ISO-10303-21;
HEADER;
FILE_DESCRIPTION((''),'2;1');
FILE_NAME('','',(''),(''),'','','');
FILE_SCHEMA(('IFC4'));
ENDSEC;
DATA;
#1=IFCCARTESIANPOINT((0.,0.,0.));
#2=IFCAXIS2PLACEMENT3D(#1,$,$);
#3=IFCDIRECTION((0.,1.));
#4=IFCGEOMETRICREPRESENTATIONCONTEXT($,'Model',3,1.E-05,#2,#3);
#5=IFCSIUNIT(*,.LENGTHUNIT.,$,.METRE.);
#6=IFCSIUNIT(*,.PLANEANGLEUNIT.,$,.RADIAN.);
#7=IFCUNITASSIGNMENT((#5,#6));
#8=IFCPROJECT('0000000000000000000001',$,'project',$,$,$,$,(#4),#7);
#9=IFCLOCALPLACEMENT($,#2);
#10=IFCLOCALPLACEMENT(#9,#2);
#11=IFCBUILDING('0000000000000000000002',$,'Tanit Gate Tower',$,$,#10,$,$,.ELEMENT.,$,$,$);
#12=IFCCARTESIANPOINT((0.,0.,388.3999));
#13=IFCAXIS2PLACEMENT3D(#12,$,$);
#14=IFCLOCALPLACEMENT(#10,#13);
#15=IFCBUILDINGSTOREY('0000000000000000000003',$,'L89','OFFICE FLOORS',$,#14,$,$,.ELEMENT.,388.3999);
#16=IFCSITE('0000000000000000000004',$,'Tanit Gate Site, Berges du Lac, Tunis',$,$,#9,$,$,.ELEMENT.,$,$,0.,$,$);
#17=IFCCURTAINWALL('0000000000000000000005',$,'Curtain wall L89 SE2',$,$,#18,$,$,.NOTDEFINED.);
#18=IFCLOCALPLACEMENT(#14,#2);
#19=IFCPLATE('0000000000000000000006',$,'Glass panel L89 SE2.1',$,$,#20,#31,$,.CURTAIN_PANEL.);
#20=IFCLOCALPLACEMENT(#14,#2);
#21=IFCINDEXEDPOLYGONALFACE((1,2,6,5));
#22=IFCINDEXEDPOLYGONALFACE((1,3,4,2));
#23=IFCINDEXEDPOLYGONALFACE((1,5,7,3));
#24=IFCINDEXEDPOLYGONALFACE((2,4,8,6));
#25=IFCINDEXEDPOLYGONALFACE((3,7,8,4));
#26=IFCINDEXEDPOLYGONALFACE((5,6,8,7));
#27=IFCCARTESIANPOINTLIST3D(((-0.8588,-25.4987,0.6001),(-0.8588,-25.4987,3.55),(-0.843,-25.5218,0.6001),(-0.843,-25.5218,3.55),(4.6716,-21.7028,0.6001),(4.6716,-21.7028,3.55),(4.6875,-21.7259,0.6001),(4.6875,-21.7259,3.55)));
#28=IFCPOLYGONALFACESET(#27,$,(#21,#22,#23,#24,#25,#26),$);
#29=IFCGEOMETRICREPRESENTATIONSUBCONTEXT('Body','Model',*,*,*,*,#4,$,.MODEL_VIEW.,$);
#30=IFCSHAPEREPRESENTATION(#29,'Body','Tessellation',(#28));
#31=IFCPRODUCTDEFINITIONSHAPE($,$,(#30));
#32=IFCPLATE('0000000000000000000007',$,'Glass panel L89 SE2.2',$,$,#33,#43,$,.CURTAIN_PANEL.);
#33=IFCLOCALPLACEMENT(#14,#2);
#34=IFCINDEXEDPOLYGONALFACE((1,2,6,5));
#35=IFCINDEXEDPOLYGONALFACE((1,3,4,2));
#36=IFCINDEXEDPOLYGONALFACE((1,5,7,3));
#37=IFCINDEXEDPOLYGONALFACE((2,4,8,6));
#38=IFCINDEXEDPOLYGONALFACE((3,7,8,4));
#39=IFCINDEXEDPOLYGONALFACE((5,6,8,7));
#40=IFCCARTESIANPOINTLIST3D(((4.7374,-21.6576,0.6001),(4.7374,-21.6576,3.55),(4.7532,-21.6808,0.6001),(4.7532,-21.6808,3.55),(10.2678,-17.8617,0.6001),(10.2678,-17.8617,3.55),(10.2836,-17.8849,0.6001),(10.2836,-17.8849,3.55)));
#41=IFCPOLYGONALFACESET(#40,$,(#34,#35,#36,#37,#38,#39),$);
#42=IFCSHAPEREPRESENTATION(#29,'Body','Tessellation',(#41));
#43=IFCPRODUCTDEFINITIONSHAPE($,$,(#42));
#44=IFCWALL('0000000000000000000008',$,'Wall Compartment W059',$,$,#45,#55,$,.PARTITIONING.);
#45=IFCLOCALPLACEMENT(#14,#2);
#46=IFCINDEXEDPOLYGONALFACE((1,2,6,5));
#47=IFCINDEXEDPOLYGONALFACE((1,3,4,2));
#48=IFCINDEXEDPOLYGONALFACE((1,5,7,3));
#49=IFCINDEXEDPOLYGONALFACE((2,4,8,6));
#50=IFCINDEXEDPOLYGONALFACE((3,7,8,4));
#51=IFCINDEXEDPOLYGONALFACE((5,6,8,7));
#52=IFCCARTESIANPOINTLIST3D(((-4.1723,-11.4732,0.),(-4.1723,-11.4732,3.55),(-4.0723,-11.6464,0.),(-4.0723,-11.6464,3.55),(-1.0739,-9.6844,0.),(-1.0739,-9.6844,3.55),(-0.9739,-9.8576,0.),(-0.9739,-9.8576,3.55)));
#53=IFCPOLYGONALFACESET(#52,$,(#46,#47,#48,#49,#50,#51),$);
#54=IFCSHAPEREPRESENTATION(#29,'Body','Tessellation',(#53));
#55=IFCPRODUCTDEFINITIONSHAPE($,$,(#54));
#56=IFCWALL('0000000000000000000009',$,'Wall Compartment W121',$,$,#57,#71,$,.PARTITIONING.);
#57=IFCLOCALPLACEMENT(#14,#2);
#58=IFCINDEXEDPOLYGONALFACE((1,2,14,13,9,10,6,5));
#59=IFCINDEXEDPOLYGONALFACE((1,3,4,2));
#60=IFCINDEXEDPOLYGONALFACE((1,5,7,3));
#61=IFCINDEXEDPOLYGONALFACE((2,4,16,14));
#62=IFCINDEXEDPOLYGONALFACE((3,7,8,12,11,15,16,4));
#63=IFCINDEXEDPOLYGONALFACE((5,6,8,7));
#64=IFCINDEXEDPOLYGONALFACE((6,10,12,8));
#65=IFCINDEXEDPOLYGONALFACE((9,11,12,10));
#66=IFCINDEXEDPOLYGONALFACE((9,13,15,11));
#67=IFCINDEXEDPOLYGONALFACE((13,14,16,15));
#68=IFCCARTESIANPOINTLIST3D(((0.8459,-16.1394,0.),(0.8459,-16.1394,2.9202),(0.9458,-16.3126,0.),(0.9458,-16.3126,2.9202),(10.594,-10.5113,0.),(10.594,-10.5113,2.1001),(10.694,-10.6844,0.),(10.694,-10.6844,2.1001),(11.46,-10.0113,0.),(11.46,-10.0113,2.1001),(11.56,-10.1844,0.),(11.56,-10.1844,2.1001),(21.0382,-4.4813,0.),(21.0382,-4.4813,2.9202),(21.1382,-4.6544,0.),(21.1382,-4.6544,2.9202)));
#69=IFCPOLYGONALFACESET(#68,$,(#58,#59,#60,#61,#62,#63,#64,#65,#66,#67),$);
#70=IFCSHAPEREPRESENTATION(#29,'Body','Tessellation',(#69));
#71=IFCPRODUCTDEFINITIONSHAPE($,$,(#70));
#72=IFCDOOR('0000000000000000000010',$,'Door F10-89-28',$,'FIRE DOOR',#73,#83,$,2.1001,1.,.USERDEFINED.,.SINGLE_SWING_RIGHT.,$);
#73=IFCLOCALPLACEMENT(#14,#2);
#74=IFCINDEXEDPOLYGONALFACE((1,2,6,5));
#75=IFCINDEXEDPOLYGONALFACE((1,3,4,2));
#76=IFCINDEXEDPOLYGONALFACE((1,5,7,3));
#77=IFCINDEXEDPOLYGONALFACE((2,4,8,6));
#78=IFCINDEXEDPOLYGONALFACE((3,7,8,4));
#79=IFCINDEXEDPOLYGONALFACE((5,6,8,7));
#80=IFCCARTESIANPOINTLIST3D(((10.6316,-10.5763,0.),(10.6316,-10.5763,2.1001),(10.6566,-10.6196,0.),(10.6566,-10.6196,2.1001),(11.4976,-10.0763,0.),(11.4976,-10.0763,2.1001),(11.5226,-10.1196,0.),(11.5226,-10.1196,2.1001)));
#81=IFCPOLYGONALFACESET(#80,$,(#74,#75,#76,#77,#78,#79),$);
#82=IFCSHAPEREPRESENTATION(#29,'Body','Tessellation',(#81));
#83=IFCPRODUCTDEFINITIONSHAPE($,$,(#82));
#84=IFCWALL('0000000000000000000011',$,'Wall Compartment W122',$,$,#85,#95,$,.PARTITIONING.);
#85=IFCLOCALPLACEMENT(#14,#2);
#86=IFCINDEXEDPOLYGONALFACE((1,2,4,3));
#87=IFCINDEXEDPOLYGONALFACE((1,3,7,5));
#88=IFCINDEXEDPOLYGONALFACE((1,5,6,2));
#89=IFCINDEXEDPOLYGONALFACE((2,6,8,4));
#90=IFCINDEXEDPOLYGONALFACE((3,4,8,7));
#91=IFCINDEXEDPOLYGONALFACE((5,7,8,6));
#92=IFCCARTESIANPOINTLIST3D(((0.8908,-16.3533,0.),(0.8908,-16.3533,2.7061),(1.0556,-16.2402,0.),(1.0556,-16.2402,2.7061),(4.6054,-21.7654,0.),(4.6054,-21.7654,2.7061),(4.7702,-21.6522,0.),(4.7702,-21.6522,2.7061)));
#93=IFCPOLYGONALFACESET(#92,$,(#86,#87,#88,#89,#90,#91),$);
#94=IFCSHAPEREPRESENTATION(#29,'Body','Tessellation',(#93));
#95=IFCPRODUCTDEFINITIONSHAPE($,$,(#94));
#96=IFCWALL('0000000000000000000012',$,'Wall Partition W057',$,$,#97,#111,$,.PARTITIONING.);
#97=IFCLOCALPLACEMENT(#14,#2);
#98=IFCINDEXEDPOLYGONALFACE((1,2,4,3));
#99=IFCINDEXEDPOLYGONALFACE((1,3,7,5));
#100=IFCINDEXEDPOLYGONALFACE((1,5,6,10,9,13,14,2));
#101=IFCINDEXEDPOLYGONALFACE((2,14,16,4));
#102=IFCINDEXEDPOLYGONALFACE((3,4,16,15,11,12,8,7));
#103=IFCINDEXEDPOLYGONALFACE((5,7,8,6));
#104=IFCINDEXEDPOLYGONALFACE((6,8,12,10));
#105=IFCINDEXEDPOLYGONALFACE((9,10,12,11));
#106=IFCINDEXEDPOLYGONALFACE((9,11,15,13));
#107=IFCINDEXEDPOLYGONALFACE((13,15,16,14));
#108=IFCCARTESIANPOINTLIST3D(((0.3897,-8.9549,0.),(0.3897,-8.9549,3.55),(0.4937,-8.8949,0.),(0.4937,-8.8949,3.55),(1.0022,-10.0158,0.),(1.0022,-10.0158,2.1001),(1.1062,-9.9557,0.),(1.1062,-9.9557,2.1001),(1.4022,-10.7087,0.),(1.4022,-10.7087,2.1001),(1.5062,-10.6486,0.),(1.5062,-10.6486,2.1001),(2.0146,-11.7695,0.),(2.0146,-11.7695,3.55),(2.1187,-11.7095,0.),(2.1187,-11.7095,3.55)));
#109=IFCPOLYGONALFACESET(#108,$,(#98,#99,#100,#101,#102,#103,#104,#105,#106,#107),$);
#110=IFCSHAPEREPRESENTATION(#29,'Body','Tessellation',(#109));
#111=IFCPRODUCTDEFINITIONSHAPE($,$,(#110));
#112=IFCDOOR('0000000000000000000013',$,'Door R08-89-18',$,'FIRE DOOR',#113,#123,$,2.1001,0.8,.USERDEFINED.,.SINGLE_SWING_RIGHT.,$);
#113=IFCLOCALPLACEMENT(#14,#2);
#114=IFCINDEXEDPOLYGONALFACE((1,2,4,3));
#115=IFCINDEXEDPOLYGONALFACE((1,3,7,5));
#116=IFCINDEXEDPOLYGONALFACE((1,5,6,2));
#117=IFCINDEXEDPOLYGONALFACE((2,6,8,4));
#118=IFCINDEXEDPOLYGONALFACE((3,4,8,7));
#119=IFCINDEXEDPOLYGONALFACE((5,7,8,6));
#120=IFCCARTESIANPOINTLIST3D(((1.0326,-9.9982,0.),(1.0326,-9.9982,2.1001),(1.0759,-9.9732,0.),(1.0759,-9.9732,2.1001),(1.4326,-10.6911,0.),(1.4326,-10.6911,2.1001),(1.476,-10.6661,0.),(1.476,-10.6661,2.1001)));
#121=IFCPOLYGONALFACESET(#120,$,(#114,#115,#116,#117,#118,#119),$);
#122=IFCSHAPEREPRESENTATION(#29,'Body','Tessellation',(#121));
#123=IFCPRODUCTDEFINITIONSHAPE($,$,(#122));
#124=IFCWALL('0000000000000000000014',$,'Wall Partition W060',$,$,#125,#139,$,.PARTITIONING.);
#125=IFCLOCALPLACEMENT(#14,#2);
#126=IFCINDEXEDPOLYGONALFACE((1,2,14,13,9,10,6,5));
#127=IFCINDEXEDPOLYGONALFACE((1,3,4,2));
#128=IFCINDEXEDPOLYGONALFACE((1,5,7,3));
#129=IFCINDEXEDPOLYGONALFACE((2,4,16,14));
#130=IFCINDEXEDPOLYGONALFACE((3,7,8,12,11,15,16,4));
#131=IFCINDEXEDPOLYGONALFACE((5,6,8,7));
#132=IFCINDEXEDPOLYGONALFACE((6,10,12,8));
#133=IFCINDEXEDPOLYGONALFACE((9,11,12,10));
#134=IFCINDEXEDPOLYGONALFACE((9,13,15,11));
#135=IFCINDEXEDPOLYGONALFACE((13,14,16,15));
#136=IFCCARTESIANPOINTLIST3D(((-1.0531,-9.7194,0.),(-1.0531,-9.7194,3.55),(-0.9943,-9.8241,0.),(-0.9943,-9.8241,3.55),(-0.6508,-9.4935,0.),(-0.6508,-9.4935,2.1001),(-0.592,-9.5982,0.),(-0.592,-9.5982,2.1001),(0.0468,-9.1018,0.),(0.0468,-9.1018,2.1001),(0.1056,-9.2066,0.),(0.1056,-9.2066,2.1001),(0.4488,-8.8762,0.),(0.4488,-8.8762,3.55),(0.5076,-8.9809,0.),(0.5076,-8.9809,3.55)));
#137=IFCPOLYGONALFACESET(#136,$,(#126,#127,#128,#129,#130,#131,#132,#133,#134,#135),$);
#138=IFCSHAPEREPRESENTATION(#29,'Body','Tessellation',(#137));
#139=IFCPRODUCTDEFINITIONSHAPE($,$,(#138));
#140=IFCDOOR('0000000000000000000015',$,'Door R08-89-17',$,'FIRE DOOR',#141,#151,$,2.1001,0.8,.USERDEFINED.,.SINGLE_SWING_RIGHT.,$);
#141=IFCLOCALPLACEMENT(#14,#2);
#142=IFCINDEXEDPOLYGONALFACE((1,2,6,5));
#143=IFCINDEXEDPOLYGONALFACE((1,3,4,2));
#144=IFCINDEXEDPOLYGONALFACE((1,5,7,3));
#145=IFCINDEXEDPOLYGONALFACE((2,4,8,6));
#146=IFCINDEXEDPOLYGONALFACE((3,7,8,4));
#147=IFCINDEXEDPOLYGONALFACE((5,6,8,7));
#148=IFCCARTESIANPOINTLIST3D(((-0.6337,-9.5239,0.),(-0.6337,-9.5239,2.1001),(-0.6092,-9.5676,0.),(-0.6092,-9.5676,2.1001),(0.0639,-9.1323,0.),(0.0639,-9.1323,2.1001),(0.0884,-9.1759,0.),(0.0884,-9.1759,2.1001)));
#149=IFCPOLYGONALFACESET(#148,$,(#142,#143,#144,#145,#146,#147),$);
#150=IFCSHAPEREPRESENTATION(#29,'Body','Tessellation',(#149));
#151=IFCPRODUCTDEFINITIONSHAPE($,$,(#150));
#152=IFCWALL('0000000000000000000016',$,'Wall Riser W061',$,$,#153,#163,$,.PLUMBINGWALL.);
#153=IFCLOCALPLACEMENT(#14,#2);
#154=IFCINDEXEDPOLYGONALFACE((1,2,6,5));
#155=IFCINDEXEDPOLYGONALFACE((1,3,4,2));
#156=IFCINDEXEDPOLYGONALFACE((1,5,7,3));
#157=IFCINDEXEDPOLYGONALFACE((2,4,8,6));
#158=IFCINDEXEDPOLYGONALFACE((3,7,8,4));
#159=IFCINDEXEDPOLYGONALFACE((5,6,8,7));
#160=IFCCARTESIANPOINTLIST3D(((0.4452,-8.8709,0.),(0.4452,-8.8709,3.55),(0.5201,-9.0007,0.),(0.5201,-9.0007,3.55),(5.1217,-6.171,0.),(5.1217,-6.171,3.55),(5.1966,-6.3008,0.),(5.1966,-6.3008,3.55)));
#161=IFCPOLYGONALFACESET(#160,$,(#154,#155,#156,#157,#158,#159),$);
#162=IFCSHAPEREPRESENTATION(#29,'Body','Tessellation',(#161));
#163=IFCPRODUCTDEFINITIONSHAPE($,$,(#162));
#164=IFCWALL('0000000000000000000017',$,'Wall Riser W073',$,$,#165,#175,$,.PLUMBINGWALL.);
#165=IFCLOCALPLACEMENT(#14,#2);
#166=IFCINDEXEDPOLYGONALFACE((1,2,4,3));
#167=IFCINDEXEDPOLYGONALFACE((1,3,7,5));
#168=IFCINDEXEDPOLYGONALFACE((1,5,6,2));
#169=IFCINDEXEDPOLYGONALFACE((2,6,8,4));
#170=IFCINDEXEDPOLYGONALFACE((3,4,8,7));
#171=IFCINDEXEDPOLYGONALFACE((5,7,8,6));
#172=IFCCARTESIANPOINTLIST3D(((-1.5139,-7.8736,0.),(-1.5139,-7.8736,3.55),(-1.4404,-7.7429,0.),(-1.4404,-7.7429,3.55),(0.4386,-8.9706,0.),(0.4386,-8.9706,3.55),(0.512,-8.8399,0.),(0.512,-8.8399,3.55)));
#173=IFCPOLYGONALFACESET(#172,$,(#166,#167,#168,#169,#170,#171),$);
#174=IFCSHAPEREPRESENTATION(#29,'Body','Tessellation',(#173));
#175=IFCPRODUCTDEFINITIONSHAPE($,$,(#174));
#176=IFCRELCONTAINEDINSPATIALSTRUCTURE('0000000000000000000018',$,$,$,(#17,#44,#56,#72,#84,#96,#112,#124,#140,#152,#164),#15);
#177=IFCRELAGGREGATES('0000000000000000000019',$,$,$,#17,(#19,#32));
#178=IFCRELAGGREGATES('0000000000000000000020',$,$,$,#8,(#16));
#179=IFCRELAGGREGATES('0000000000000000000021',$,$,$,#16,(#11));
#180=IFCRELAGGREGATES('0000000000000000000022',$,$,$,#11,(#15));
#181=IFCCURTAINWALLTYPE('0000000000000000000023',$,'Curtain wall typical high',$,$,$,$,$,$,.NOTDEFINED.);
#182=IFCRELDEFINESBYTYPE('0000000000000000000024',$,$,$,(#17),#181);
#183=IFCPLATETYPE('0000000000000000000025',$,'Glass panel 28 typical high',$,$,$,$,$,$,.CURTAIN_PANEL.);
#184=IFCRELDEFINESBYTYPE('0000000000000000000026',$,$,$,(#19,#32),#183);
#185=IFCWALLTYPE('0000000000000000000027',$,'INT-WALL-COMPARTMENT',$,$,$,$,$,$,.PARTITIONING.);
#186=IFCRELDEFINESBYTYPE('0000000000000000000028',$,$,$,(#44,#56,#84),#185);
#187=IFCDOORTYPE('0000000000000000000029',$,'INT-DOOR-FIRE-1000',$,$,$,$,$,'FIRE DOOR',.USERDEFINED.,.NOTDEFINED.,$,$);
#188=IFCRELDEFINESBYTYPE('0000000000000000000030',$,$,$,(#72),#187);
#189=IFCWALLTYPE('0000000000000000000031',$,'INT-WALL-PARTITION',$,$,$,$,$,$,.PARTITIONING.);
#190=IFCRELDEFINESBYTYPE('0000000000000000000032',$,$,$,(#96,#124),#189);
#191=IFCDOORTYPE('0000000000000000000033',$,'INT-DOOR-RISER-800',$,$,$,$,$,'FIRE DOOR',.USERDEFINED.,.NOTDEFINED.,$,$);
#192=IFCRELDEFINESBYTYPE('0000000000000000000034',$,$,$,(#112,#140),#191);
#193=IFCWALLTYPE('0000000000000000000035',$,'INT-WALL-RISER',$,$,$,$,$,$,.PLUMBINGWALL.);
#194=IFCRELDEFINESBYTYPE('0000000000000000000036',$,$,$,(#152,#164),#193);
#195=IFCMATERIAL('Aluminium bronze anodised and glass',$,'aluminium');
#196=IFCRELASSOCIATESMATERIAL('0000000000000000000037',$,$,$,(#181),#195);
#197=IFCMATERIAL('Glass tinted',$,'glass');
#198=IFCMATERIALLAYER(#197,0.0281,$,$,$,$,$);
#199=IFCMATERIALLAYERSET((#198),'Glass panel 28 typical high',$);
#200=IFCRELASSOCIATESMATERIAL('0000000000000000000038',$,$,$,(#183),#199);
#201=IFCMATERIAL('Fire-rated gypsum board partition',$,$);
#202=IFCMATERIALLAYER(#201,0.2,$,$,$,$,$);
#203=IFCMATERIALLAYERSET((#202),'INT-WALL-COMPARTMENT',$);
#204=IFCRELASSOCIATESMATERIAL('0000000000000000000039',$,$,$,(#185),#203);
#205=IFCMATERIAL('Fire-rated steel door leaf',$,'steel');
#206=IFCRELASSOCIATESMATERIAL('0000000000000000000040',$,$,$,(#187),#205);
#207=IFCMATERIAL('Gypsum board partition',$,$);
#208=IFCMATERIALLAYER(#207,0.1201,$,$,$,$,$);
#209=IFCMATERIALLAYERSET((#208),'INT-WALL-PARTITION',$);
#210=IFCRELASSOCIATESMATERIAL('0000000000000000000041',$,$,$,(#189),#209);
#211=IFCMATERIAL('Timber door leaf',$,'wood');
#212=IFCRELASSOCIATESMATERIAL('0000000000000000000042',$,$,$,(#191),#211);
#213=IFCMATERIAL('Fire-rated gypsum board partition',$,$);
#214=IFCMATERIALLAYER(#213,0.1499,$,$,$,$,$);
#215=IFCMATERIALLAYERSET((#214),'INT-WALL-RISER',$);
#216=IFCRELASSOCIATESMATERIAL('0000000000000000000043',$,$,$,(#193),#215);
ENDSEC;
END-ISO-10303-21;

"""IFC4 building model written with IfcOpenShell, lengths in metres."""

from ifc_helpers import new_model, si_unit, direction, frame, frame_2d, origin, origin_2d, place, context, subcontext, project, spatial, rectangle, extrude, material, layer, layer_set, type_object, element, fill, aggregate, save


model = new_model("IFC4")

# Units and contexts
model_context = context("Model", 3, precision=1e-05, world=origin(), true_north=direction((0.0, 1.0)))
body_context = subcontext(model_context, "Body", "Model", "MODEL_VIEW")
ifc_project = project(units=[si_unit("LENGTHUNIT", "METRE"), si_unit("PLANEANGLEUNIT", "RADIAN")], contexts=[model_context])

# Site, building, storey
site_placement = place(None, origin())
site = spatial("IfcSite", under=ifc_project, at=site_placement, Name="Tanit Gate Site, Berges du Lac, Tunis", CompositionType="ELEMENT", RefElevation=0.0)
building_placement = place(site_placement, origin())
building = spatial("IfcBuilding", under=site, at=building_placement, Name="Tanit Gate Tower", CompositionType="ELEMENT")
storey_placement = place(building_placement, frame((0.0, 0.0, 388.3999)))
storey = spatial("IfcBuildingStorey", under=building, at=storey_placement, Name="L89", Description="OFFICE FLOORS", CompositionType="ELEMENT", Elevation=388.3999)

# Curtain wall
ifc_material_1 = material(Name="Aluminium bronze anodised and glass", Category="aluminium")
curtain_wall_type = type_object("IfcCurtainWallType", Name="Curtain wall typical high", PredefinedType="NOTDEFINED", material=ifc_material_1)
curtain_wall_1_placement = place(storey_placement, origin())
curtain_wall_1 = element("IfcCurtainWall", 1, at=curtain_wall_1_placement, inside=storey, type_object=curtain_wall_type, Name="Curtain wall L89 SE2", PredefinedType="NOTDEFINED")

# Plates
ifc_material_2 = material(Name="Glass tinted", Category="glass")
ifc_layer_1 = layer(ifc_material_2, 0.0281)
ifc_layer_set_1 = layer_set([ifc_layer_1], Name="Glass panel 28 typical high")
plate_type = type_object("IfcPlateType", Name="Glass panel 28 typical high", PredefinedType="CURTAIN_PANEL", material=ifc_layer_set_1)
plate_1_placement = place(storey_placement, frame((1.9143, -23.6123, 0.6001), z_axis=(0.0, 0.0, 1.0), x_axis=(0.824479, 0.565893, 0.0)))
plate_1 = element("IfcPlate", 2, at=plate_1_placement, type_object=plate_type, Name="Glass panel L89 SE2.1", PredefinedType="CURTAIN_PANEL", context=body_context, shape_type="SweptSolid", body=[
    extrude(rectangle(XDim=6.7078, YDim=0.0281, at=origin_2d()), origin(), (0.0, 0.0, 1.0), 2.95),
])
plate_2_placement = place(storey_placement, frame((7.5105, -19.7712, 0.6001), z_axis=(0.0, 0.0, 1.0), x_axis=(0.824479, 0.565893, 0.0)))
plate_2 = element("IfcPlate", 3, at=plate_2_placement, type_object=plate_type, Name="Glass panel L89 SE2.2", PredefinedType="CURTAIN_PANEL", context=body_context, shape_type="SweptSolid", body=[
    extrude(rectangle(XDim=6.7078, YDim=0.0281, at=origin_2d()), origin(), (0.0, 0.0, 1.0), 2.95),
])
aggregate(curtain_wall_1, [plate_1, plate_2])

# Wall
ifc_material_3 = material(Name="Fire-rated gypsum board partition")
ifc_layer_2 = layer(ifc_material_3, 0.2)
ifc_layer_set_2 = layer_set([ifc_layer_2], Name="INT-WALL-COMPARTMENT")
wall_type_1 = type_object("IfcWallType", Name="INT-WALL-COMPARTMENT", PredefinedType="PARTITIONING", material=ifc_layer_set_2)
wall_1_placement = place(storey_placement, frame((-1.0239, -9.771, 0.0), z_axis=(0.0, 0.0, 1.0), x_axis=(-0.86603, -0.499992, 0.0)))
element("IfcWall", 4, at=wall_1_placement, inside=storey, type_object=wall_type_1, Name="Wall Compartment W059", PredefinedType="PARTITIONING", context=body_context, shape_type="SweptSolid", body=[
    extrude(rectangle(XDim=3.5776, YDim=0.2, at=frame_2d((1.7888, 0.0))), origin(), (0.0, 0.0, 1.0), 3.55),
])

# Wall, opening, door
wall_2_placement = place(storey_placement, frame((0.8958, -16.2261, 0.0), z_axis=(0.0, 0.0, 1.0), x_axis=(0.866023, 0.500004, 0.0)))
wall_2 = element("IfcWall", 5, at=wall_2_placement, inside=storey, type_object=wall_type_1, Name="Wall Compartment W121", PredefinedType="PARTITIONING", context=body_context, shape_type="SweptSolid", body=[
    extrude(rectangle(XDim=23.3162, YDim=0.2, at=frame_2d((11.6582, 0.0))), origin(), (0.0, 0.0, 1.0), 2.9202),
])
opening_1_placement = place(wall_2_placement, frame((11.2563, 0.0, 0.0)))
opening_1 = element("IfcOpeningElement", 6, at=opening_1_placement, cuts=wall_2, PredefinedType="OPENING", context=body_context, shape_type="SweptSolid", body=[
    extrude(rectangle(XDim=1.0, YDim=2.1001, at=frame_2d((0.5, 1.05))), frame((0.0, 0.1099, 0.0), z_axis=(0.0, -1.0, 0.0), x_axis=(1.0, 0.0, 0.0)), (0.0, 0.0, 1.0), 0.22),
])
ifc_material_4 = material(Name="Fire-rated steel door leaf", Category="steel")
door_type_1 = type_object("IfcDoorType", Name="INT-DOOR-FIRE-1000", ElementType="FIRE DOOR", OperationType="NOTDEFINED", PredefinedType="USERDEFINED", material=ifc_material_4)
door_1_placement = place(opening_1_placement, origin())
door_1 = element("IfcDoor", 7, at=door_1_placement, inside=storey, type_object=door_type_1, Name="Door F10-89-28", ObjectType="FIRE DOOR", OperationType="SINGLE_SWING_RIGHT", OverallHeight=2.1001, OverallWidth=1.0, PredefinedType="USERDEFINED", context=body_context, shape_type="SweptSolid", body=[
    extrude(rectangle(XDim=1.0, YDim=2.1001, at=frame_2d((0.5, 1.05))), frame((0.0, 0.0249, 0.0), z_axis=(0.0, -1.0, 0.0), x_axis=(1.0, 0.0, 0.0)), (0.0, 0.0, 1.0), 0.05),
])
fill(opening_1, door_1)

# Wall
wall_3_placement = place(storey_placement, frame((0.9731, -16.2966, 0.0), z_axis=(0.0, 0.0, 1.0), x_axis=(0.565885, -0.824484, 0.0)))
element("IfcWall", 8, at=wall_3_placement, inside=storey, type_object=wall_type_1, Name="Wall Compartment W122", PredefinedType="PARTITIONING", context=body_context, shape_type="SweptSolid", body=[
    extrude(rectangle(XDim=6.5642, YDim=0.2, at=frame_2d((3.2822, 0.0))), origin(), (0.0, 0.0, 1.0), 2.7061),
])

# Walls, openings, doors
ifc_material_5 = material(Name="Gypsum board partition")
ifc_layer_3 = layer(ifc_material_5, 0.1201)
ifc_layer_set_3 = layer_set([ifc_layer_3], Name="INT-WALL-PARTITION")
wall_type_2 = type_object("IfcWallType", Name="INT-WALL-PARTITION", PredefinedType="PARTITIONING", material=ifc_layer_set_3)
wall_4_placement = place(storey_placement, frame((2.0667, -11.7395, 0.0), z_axis=(0.0, 0.0, 1.0), x_axis=(-0.499985, 0.866034, 0.0)))
wall_4 = element("IfcWall", 9, at=wall_4_placement, inside=storey, type_object=wall_type_2, Name="Wall Partition W057", PredefinedType="PARTITIONING", context=body_context, shape_type="SweptSolid", body=[
    extrude(rectangle(XDim=3.25, YDim=0.1201, at=frame_2d((1.625, 0.0))), origin(), (0.0, 0.0, 1.0), 3.55),
])
opening_2_placement = place(wall_4_placement, frame((1.2251, 0.0, 0.0)))
opening_2 = element("IfcOpeningElement", 10, at=opening_2_placement, cuts=wall_4, PredefinedType="OPENING", context=body_context, shape_type="SweptSolid", body=[
    extrude(rectangle(XDim=0.8, YDim=2.1001, at=frame_2d((0.3999, 1.05))), frame((0.0, 0.0701, 0.0), z_axis=(0.0, -1.0, 0.0), x_axis=(1.0, 0.0, 0.0)), (0.0, 0.0, 1.0), 0.1401),
])
ifc_material_6 = material(Name="Timber door leaf", Category="wood")
door_type_2 = type_object("IfcDoorType", Name="INT-DOOR-RISER-800", ElementType="FIRE DOOR", OperationType="NOTDEFINED", PredefinedType="USERDEFINED", material=ifc_material_6)
door_2_placement = place(opening_2_placement, origin())
door_2 = element("IfcDoor", 11, at=door_2_placement, inside=storey, type_object=door_type_2, Name="Door R08-89-18", ObjectType="FIRE DOOR", OperationType="SINGLE_SWING_RIGHT", OverallHeight=2.1001, OverallWidth=0.8, PredefinedType="USERDEFINED", context=body_context, shape_type="SweptSolid", body=[
    extrude(rectangle(XDim=0.8, YDim=2.1001, at=frame_2d((0.3999, 1.05))), frame((0.0, 0.0249, 0.0), z_axis=(0.0, -1.0, 0.0), x_axis=(1.0, 0.0, 0.0)), (0.0, 0.0, 1.0), 0.05),
])
fill(opening_2, door_2)
wall_5_placement = place(storey_placement, frame((0.4783, -8.9285, 0.0), z_axis=(0.0, 0.0, 1.0), x_axis=(-0.871969, -0.489561, 0.0)))
wall_5 = element("IfcWall", 12, at=wall_5_placement, inside=storey, type_object=wall_type_2, Name="Wall Partition W060", PredefinedType="PARTITIONING", context=body_context, shape_type="SweptSolid", body=[
    extrude(rectangle(XDim=1.7224, YDim=0.1201, at=frame_2d((0.8613, 0.0))), origin(), (0.0, 0.0, 1.0), 3.55),
])
opening_3_placement = place(wall_5_placement, frame((0.4612, 0.0, 0.0)))
opening_3 = element("IfcOpeningElement", 13, at=opening_3_placement, cuts=wall_5, PredefinedType="OPENING", context=body_context, shape_type="SweptSolid", body=[
    extrude(rectangle(XDim=0.8, YDim=2.1001, at=frame_2d((0.3999, 1.05))), frame((0.0, 0.0701, 0.0), z_axis=(0.0, -1.0, 0.0), x_axis=(1.0, 0.0, 0.0)), (0.0, 0.0, 1.0), 0.1401),
])
door_3_placement = place(opening_3_placement, origin())
door_3 = element("IfcDoor", 14, at=door_3_placement, inside=storey, type_object=door_type_2, Name="Door R08-89-17", ObjectType="FIRE DOOR", OperationType="SINGLE_SWING_RIGHT", OverallHeight=2.1001, OverallWidth=0.8, PredefinedType="USERDEFINED", context=body_context, shape_type="SweptSolid", body=[
    extrude(rectangle(XDim=0.8, YDim=2.1001, at=frame_2d((0.3999, 1.05))), frame((0.0, 0.0249, 0.0), z_axis=(0.0, -1.0, 0.0), x_axis=(1.0, 0.0, 0.0)), (0.0, 0.0, 1.0), 0.05),
])
fill(opening_3, door_3)

# Walls
ifc_material_7 = material(Name="Fire-rated gypsum board partition")
ifc_layer_4 = layer(ifc_material_7, 0.1499)
ifc_layer_set_4 = layer_set([ifc_layer_4], Name="INT-WALL-RISER")
wall_type_3 = type_object("IfcWallType", Name="INT-WALL-RISER", PredefinedType="PLUMBINGWALL", material=ifc_layer_set_4)
wall_6_placement = place(storey_placement, frame((0.4827, -8.9358, 0.0), z_axis=(0.0, 0.0, 1.0), x_axis=(0.866028, 0.499995, 0.0)))
element("IfcWall", 15, at=wall_6_placement, inside=storey, type_object=wall_type_3, Name="Wall Riser W061", PredefinedType="PLUMBINGWALL", context=body_context, shape_type="SweptSolid", body=[
    extrude(rectangle(XDim=5.3999, YDim=0.1499, at=frame_2d((2.7, 0.0))), origin(), (0.0, 0.0, 1.0), 3.55),
])
wall_7_placement = place(storey_placement, frame((-1.4771, -7.8083, 0.0), z_axis=(0.0, 0.0, 1.0), x_axis=(0.871823, -0.489821, 0.0)))
element("IfcWall", 16, at=wall_7_placement, inside=storey, type_object=wall_type_3, Name="Wall Riser W073", PredefinedType="PLUMBINGWALL", context=body_context, shape_type="SweptSolid", body=[
    extrude(rectangle(XDim=2.2395, YDim=0.1499, at=frame_2d((1.1196, 0.0))), origin(), (0.0, 0.0, 1.0), 3.55),
])

save(model, "model.ifc")
